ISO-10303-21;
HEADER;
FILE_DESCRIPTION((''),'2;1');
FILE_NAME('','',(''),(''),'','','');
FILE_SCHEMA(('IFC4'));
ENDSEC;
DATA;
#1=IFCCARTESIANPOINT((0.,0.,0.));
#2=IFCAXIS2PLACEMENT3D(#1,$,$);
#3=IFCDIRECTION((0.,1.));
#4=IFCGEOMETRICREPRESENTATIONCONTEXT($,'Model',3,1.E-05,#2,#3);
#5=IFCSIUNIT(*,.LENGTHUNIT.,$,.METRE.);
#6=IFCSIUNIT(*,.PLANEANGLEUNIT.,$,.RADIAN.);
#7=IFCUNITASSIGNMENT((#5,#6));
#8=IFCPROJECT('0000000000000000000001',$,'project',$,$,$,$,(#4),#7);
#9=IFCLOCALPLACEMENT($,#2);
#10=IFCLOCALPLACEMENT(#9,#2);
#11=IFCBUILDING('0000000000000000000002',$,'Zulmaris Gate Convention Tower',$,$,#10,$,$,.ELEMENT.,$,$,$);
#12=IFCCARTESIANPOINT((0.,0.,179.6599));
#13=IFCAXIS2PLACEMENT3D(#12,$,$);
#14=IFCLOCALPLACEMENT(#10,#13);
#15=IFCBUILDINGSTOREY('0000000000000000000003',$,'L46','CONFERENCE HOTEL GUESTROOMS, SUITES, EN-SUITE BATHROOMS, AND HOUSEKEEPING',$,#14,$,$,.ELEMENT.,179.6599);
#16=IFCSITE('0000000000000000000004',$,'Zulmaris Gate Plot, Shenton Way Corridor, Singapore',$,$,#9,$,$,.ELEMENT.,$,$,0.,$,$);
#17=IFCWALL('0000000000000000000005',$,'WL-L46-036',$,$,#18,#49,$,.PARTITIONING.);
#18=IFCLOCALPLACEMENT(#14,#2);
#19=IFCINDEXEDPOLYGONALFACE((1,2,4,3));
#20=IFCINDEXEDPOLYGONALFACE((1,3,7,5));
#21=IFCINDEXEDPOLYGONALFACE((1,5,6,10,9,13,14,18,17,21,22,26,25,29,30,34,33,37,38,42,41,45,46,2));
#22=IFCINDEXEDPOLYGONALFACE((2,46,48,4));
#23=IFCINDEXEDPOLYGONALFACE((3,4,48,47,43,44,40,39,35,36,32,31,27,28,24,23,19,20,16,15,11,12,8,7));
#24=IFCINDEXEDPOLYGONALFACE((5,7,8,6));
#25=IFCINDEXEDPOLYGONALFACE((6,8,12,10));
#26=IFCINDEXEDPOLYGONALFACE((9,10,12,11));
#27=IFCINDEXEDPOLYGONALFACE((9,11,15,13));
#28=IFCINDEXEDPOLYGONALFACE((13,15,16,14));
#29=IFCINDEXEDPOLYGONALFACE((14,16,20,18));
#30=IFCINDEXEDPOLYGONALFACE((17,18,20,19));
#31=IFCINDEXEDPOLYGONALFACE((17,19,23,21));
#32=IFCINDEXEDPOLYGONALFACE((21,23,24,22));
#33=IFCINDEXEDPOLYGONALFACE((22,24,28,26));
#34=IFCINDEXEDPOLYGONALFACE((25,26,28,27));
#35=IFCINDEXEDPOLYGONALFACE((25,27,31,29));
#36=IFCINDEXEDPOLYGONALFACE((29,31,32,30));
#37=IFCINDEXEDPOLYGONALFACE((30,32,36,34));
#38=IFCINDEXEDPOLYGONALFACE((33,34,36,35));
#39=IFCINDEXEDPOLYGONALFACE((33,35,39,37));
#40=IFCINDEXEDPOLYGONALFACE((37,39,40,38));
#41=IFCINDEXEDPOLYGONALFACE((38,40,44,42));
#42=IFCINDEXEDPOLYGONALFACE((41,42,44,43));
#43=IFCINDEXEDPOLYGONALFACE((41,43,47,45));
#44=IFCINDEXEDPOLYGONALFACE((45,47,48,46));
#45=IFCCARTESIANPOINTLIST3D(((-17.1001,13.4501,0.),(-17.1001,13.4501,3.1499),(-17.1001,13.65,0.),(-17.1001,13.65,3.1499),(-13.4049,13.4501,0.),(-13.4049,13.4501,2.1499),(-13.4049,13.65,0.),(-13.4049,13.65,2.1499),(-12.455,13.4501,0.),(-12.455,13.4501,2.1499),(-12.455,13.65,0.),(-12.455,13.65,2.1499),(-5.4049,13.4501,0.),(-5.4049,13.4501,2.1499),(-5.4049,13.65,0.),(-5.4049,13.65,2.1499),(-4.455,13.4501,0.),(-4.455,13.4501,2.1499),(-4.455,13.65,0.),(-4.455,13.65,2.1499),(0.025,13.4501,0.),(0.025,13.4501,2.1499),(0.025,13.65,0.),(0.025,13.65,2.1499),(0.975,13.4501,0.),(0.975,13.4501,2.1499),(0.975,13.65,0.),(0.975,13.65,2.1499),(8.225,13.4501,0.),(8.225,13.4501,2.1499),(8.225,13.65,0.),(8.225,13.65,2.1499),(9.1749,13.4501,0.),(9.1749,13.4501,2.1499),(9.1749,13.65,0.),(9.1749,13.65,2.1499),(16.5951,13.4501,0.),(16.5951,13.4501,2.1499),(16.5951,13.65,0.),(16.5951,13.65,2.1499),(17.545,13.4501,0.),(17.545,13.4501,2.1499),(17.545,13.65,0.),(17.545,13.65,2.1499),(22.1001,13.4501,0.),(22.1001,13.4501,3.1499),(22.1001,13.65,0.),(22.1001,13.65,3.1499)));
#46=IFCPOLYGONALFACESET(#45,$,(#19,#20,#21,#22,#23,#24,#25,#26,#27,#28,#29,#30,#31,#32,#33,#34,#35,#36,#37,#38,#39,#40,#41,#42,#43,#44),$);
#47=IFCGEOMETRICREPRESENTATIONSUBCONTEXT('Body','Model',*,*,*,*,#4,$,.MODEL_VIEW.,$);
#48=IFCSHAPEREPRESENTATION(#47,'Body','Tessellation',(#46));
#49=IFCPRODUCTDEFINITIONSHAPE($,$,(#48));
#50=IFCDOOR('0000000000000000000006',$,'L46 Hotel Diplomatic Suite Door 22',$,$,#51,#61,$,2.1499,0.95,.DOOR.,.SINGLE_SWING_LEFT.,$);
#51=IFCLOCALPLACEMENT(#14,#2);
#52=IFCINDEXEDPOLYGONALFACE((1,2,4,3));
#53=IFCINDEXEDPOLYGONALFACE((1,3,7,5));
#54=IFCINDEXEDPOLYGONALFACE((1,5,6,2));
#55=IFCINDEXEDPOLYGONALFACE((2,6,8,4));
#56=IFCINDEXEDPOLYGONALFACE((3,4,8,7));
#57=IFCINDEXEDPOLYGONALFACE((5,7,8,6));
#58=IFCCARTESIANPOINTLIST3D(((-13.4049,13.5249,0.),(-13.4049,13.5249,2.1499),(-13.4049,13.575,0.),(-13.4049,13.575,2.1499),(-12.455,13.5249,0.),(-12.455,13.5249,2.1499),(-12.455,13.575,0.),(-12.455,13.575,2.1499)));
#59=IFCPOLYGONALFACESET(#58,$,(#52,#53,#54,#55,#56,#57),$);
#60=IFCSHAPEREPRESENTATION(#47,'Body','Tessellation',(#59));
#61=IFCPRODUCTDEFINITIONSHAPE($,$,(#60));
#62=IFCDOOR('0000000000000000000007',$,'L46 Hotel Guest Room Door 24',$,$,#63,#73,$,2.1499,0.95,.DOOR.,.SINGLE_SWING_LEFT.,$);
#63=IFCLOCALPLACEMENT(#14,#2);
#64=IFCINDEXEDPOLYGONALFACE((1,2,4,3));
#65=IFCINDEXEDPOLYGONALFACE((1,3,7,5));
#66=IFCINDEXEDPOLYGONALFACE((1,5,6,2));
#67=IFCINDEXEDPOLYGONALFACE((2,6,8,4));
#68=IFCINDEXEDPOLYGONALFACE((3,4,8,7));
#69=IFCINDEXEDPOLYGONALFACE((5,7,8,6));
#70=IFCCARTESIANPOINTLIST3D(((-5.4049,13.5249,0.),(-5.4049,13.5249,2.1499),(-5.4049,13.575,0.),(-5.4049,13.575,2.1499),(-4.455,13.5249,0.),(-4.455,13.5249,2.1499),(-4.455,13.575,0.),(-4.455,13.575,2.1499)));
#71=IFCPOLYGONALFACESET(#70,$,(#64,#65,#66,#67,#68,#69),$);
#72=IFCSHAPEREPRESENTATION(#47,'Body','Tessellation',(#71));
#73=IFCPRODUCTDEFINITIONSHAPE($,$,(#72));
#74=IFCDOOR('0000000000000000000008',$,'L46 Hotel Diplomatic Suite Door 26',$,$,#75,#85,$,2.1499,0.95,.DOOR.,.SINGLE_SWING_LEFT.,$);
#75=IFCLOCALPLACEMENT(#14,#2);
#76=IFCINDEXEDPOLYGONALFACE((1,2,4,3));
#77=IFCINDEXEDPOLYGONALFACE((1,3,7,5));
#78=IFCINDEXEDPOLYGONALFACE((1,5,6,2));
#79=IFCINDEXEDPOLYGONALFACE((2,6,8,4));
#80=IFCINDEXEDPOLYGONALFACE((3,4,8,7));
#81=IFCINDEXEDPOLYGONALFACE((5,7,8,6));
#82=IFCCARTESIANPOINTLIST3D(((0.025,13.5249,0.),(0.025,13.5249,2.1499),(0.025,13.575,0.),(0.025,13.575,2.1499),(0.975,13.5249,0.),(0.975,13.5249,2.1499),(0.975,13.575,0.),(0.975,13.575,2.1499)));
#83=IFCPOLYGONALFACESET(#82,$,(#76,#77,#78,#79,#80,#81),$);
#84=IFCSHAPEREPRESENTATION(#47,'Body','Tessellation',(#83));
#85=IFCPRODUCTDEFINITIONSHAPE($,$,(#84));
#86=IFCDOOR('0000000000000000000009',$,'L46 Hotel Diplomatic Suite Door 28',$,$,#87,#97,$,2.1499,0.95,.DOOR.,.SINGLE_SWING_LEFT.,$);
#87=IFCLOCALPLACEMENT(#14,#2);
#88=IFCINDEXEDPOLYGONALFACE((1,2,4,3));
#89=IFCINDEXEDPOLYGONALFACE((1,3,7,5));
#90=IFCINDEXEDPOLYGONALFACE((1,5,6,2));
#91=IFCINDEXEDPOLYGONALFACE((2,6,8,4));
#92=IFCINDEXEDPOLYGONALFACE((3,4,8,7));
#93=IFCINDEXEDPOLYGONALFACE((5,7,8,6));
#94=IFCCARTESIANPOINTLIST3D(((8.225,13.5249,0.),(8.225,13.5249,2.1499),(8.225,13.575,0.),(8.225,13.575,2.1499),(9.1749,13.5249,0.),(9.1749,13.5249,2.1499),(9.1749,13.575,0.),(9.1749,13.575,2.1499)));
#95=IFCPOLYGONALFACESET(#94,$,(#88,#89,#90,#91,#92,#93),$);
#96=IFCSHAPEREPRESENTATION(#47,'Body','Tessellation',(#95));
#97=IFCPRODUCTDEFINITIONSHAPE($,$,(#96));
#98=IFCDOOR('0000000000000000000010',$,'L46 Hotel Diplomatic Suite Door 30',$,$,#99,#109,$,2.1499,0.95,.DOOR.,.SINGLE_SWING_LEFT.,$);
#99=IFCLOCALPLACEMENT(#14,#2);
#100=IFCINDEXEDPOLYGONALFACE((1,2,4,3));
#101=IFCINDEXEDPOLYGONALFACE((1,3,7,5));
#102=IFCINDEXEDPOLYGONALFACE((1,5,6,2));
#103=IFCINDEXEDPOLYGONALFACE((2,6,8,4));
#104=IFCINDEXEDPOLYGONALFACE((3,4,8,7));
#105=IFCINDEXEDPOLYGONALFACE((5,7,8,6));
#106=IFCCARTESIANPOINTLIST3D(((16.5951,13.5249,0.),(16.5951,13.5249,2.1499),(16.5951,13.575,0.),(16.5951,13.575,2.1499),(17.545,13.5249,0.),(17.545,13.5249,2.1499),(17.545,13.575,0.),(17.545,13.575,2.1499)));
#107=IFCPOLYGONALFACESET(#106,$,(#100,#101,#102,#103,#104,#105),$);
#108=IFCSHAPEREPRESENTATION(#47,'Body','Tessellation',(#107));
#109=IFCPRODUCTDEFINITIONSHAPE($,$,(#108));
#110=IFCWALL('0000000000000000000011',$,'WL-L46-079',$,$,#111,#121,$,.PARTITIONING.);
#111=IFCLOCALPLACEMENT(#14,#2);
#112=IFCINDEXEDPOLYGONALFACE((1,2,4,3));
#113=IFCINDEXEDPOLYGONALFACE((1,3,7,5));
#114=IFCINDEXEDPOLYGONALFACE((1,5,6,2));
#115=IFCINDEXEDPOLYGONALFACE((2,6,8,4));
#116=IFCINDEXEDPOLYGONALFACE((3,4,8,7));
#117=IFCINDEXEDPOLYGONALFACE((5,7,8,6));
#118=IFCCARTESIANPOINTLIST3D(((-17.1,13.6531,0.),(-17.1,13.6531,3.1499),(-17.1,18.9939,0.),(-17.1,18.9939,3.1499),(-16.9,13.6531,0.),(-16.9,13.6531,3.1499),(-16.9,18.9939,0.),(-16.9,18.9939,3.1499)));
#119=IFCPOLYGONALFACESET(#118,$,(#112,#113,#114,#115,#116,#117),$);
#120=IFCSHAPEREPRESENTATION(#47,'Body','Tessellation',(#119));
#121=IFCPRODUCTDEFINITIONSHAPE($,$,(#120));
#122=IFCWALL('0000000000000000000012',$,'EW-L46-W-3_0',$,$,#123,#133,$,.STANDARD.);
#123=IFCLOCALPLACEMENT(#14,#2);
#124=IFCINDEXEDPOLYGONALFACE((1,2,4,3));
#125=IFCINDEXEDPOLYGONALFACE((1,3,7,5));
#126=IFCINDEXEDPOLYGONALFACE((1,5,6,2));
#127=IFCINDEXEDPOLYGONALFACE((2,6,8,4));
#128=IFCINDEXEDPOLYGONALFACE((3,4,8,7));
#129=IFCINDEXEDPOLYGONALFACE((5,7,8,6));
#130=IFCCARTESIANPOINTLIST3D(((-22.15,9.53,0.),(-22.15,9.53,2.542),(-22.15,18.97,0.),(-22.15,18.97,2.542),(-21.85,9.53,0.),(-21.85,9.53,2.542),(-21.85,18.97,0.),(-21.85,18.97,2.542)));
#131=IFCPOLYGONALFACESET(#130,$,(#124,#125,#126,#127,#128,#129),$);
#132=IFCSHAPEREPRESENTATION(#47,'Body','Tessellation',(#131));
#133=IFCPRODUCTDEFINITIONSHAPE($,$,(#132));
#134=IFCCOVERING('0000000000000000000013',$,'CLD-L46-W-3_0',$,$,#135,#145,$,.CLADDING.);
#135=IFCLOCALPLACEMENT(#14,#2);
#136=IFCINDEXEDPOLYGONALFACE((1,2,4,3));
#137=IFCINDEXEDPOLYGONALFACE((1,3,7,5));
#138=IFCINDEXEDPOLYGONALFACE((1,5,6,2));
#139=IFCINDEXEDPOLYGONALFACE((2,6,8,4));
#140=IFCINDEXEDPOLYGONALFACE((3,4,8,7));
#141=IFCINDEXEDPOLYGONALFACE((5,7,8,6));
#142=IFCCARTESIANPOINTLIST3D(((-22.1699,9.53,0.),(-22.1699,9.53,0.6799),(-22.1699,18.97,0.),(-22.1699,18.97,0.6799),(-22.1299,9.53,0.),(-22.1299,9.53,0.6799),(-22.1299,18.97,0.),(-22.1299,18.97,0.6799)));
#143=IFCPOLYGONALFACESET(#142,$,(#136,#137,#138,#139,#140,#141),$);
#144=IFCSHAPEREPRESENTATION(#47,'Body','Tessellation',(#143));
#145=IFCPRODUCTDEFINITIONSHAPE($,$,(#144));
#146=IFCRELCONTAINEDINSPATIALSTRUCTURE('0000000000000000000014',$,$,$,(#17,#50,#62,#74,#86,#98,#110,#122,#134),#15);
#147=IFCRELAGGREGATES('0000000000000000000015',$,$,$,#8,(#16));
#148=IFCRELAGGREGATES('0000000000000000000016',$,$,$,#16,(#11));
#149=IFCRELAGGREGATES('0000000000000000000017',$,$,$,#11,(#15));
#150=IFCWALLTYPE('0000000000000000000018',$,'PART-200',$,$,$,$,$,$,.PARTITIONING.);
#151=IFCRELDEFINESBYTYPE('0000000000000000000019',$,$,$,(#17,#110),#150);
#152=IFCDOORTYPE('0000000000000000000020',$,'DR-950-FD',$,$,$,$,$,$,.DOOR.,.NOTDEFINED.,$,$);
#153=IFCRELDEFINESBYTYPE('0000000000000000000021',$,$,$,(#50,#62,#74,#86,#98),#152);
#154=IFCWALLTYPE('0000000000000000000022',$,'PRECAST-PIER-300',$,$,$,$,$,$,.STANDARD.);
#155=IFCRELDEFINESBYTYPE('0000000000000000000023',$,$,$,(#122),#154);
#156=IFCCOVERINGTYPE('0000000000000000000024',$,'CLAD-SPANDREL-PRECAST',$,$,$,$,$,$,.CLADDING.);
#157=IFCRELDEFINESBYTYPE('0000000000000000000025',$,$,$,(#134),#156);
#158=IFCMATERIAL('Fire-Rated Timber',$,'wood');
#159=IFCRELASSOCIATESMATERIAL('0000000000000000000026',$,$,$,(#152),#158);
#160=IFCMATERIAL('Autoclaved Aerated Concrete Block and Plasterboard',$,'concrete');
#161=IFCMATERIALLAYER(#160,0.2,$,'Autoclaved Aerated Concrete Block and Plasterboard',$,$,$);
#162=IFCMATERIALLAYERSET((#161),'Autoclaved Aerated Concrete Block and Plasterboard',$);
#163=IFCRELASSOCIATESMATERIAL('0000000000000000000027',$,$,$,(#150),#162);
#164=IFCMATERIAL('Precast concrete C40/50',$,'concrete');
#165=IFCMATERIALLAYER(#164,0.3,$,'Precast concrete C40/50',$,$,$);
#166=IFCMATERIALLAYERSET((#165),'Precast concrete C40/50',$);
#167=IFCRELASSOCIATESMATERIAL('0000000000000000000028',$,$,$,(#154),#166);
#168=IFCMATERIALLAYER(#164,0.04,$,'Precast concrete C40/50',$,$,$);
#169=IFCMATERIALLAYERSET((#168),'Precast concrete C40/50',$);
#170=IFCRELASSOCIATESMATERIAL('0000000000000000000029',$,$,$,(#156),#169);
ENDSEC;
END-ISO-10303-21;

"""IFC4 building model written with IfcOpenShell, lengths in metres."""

from ifc_helpers import new_model, si_unit, direction, frame, frame_2d, origin, place, context, subcontext, project, spatial, rectangle, extrude, material, layer, layer_set, type_object, element, fill, save


model = new_model("IFC4")

# Units and contexts
model_context = context("Model", 3, precision=1e-05, world=origin(), true_north=direction((0.0, 1.0)))
body_context = subcontext(model_context, "Body", "Model", "MODEL_VIEW")
ifc_project = project(units=[si_unit("LENGTHUNIT", "METRE"), si_unit("PLANEANGLEUNIT", "RADIAN")], contexts=[model_context])

# Site, building, storey
site_placement = place(None, origin())
site = spatial("IfcSite", under=ifc_project, at=site_placement, Name="Zulmaris Gate Plot, Shenton Way Corridor, Singapore", CompositionType="ELEMENT", RefElevation=0.0)
building_placement = place(site_placement, origin())
building = spatial("IfcBuilding", under=site, at=building_placement, Name="Zulmaris Gate Convention Tower", CompositionType="ELEMENT")
storey_placement = place(building_placement, frame((0.0, 0.0, 179.6599)))
storey = spatial("IfcBuildingStorey", under=building, at=storey_placement, Name="L46", Description="CONFERENCE HOTEL GUESTROOMS, SUITES, EN-SUITE BATHROOMS, AND HOUSEKEEPING", CompositionType="ELEMENT", Elevation=179.6599)

# Shared definitions
ifc_material_1 = material(Name="Fire-Rated Timber", Category="wood")
door_type_1 = type_object("IfcDoorType", Name="DR-950-FD", OperationType="NOTDEFINED", PredefinedType="DOOR", material=ifc_material_1)

# Wall, openings, doors
ifc_material_2 = material(Name="Autoclaved Aerated Concrete Block and Plasterboard", Category="concrete")
ifc_layer_1 = layer(ifc_material_2, 0.2, Name="Autoclaved Aerated Concrete Block and Plasterboard")
ifc_layer_set_1 = layer_set([ifc_layer_1], Name="Autoclaved Aerated Concrete Block and Plasterboard")
wall_type_1 = type_object("IfcWallType", Name="PART-200", PredefinedType="PARTITIONING", material=ifc_layer_set_1)
wall_1_placement = place(storey_placement, frame((-17.1001, 13.55, 0.0), z_axis=(0.0, 0.0, 1.0), x_axis=(1.0, 0.0, 0.0)))
wall_1 = element("IfcWall", 1, at=wall_1_placement, inside=storey, type_object=wall_type_1, Name="WL-L46-036", PredefinedType="PARTITIONING", context=body_context, shape_type="SweptSolid", body=[
    extrude(rectangle(XDim=39.2002, YDim=0.2, at=frame_2d((19.6001, 0.0))), origin(), (0.0, 0.0, 1.0), 3.1499),
])
opening_1_placement = place(wall_1_placement, frame((3.6951, 0.0, 0.0)))
opening_1 = element("IfcOpeningElement", 2, at=opening_1_placement, cuts=wall_1, PredefinedType="OPENING", context=body_context, shape_type="SweptSolid", body=[
    extrude(rectangle(XDim=0.95, YDim=2.1499, at=frame_2d((0.4751, 1.075))), frame((0.0, 0.1099, 0.0), z_axis=(0.0, -1.0, 0.0), x_axis=(1.0, 0.0, 0.0)), (0.0, 0.0, 1.0), 0.22),
])
opening_2_placement = place(wall_1_placement, frame((11.6951, 0.0, 0.0)))
opening_2 = element("IfcOpeningElement", 3, at=opening_2_placement, cuts=wall_1, PredefinedType="OPENING", context=body_context, shape_type="SweptSolid", body=[
    extrude(rectangle(XDim=0.95, YDim=2.1499, at=frame_2d((0.4751, 1.075))), frame((0.0, 0.1099, 0.0), z_axis=(0.0, -1.0, 0.0), x_axis=(1.0, 0.0, 0.0)), (0.0, 0.0, 1.0), 0.22),
])
opening_3_placement = place(wall_1_placement, frame((17.125, 0.0, 0.0)))
opening_3 = element("IfcOpeningElement", 4, at=opening_3_placement, cuts=wall_1, PredefinedType="OPENING", context=body_context, shape_type="SweptSolid", body=[
    extrude(rectangle(XDim=0.95, YDim=2.1499, at=frame_2d((0.4751, 1.075))), frame((0.0, 0.1099, 0.0), z_axis=(0.0, -1.0, 0.0), x_axis=(1.0, 0.0, 0.0)), (0.0, 0.0, 1.0), 0.22),
])
opening_4_placement = place(wall_1_placement, frame((25.325, 0.0, 0.0)))
opening_4 = element("IfcOpeningElement", 5, at=opening_4_placement, cuts=wall_1, PredefinedType="OPENING", context=body_context, shape_type="SweptSolid", body=[
    extrude(rectangle(XDim=0.95, YDim=2.1499, at=frame_2d((0.4751, 1.075))), frame((0.0, 0.1099, 0.0), z_axis=(0.0, -1.0, 0.0), x_axis=(1.0, 0.0, 0.0)), (0.0, 0.0, 1.0), 0.22),
])
opening_5_placement = place(wall_1_placement, frame((33.6951, 0.0, 0.0)))
opening_5 = element("IfcOpeningElement", 6, at=opening_5_placement, cuts=wall_1, PredefinedType="OPENING", context=body_context, shape_type="SweptSolid", body=[
    extrude(rectangle(XDim=0.95, YDim=2.1499, at=frame_2d((0.4751, 1.075))), frame((0.0, 0.1099, 0.0), z_axis=(0.0, -1.0, 0.0), x_axis=(1.0, 0.0, 0.0)), (0.0, 0.0, 1.0), 0.22),
])
door_1_placement = place(opening_1_placement, origin())
door_1 = element("IfcDoor", 7, at=door_1_placement, inside=storey, type_object=door_type_1, Name="L46 Hotel Diplomatic Suite Door 22", OperationType="SINGLE_SWING_LEFT", OverallHeight=2.1499, OverallWidth=0.95, PredefinedType="DOOR", context=body_context, shape_type="SweptSolid", body=[
    extrude(rectangle(XDim=0.95, YDim=2.1499, at=frame_2d((0.4751, 1.075))), frame((0.0, 0.0249, 0.0), z_axis=(0.0, -1.0, 0.0), x_axis=(1.0, 0.0, 0.0)), (0.0, 0.0, 1.0), 0.05),
])
fill(opening_1, door_1)
door_2_placement = place(opening_2_placement, origin())
door_2 = element("IfcDoor", 8, at=door_2_placement, inside=storey, type_object=door_type_1, Name="L46 Hotel Guest Room Door 24", OperationType="SINGLE_SWING_LEFT", OverallHeight=2.1499, OverallWidth=0.95, PredefinedType="DOOR", context=body_context, shape_type="SweptSolid", body=[
    extrude(rectangle(XDim=0.95, YDim=2.1499, at=frame_2d((0.4751, 1.075))), frame((0.0, 0.0249, 0.0), z_axis=(0.0, -1.0, 0.0), x_axis=(1.0, 0.0, 0.0)), (0.0, 0.0, 1.0), 0.05),
])
fill(opening_2, door_2)
door_3_placement = place(opening_3_placement, origin())
door_3 = element("IfcDoor", 9, at=door_3_placement, inside=storey, type_object=door_type_1, Name="L46 Hotel Diplomatic Suite Door 26", OperationType="SINGLE_SWING_LEFT", OverallHeight=2.1499, OverallWidth=0.95, PredefinedType="DOOR", context=body_context, shape_type="SweptSolid", body=[
    extrude(rectangle(XDim=0.95, YDim=2.1499, at=frame_2d((0.4751, 1.075))), frame((0.0, 0.0249, 0.0), z_axis=(0.0, -1.0, 0.0), x_axis=(1.0, 0.0, 0.0)), (0.0, 0.0, 1.0), 0.05),
])
fill(opening_3, door_3)
door_4_placement = place(opening_4_placement, origin())
door_4 = element("IfcDoor", 10, at=door_4_placement, inside=storey, type_object=door_type_1, Name="L46 Hotel Diplomatic Suite Door 28", OperationType="SINGLE_SWING_LEFT", OverallHeight=2.1499, OverallWidth=0.95, PredefinedType="DOOR", context=body_context, shape_type="SweptSolid", body=[
    extrude(rectangle(XDim=0.95, YDim=2.1499, at=frame_2d((0.4751, 1.075))), frame((0.0, 0.0249, 0.0), z_axis=(0.0, -1.0, 0.0), x_axis=(1.0, 0.0, 0.0)), (0.0, 0.0, 1.0), 0.05),
])
fill(opening_4, door_4)
door_5_placement = place(opening_5_placement, origin())
door_5 = element("IfcDoor", 11, at=door_5_placement, inside=storey, type_object=door_type_1, Name="L46 Hotel Diplomatic Suite Door 30", OperationType="SINGLE_SWING_LEFT", OverallHeight=2.1499, OverallWidth=0.95, PredefinedType="DOOR", context=body_context, shape_type="SweptSolid", body=[
    extrude(rectangle(XDim=0.95, YDim=2.1499, at=frame_2d((0.4751, 1.075))), frame((0.0, 0.0249, 0.0), z_axis=(0.0, -1.0, 0.0), x_axis=(1.0, 0.0, 0.0)), (0.0, 0.0, 1.0), 0.05),
])
fill(opening_5, door_5)

# Walls
wall_2_placement = place(storey_placement, frame((-17.0, 13.6531, 0.0), z_axis=(0.0, 0.0, 1.0), x_axis=(0.0, 1.0, 0.0)))
element("IfcWall", 12, at=wall_2_placement, inside=storey, type_object=wall_type_1, Name="WL-L46-079", PredefinedType="PARTITIONING", context=body_context, shape_type="SweptSolid", body=[
    extrude(rectangle(XDim=5.3408, YDim=0.2, at=frame_2d((2.6704, 0.0))), origin(), (0.0, 0.0, 1.0), 3.1499),
])
ifc_material_3 = material(Name="Precast concrete C40/50", Category="concrete")
ifc_layer_2 = layer(ifc_material_3, 0.3, Name="Precast concrete C40/50")
ifc_layer_set_2 = layer_set([ifc_layer_2], Name="Precast concrete C40/50")
wall_type_2 = type_object("IfcWallType", Name="PRECAST-PIER-300", PredefinedType="STANDARD", material=ifc_layer_set_2)
wall_3_placement = place(storey_placement, frame((-22.0, 18.97, 0.0), z_axis=(0.0, 0.0, 1.0), x_axis=(0.0, -1.0, 0.0)))
element("IfcWall", 13, at=wall_3_placement, inside=storey, type_object=wall_type_2, Name="EW-L46-W-3_0", PredefinedType="STANDARD", context=body_context, shape_type="SweptSolid", body=[
    extrude(rectangle(XDim=9.4399, YDim=0.3, at=frame_2d((4.72, 0.0))), origin(), (0.0, 0.0, 1.0), 2.542),
])

# Covering
ifc_layer_3 = layer(ifc_material_3, 0.04, Name="Precast concrete C40/50")
ifc_layer_set_3 = layer_set([ifc_layer_3], Name="Precast concrete C40/50")
covering_type = type_object("IfcCoveringType", Name="CLAD-SPANDREL-PRECAST", PredefinedType="CLADDING", material=ifc_layer_set_3)
covering_placement = place(storey_placement, frame((-22.1499, 18.97, 0.0), z_axis=(0.0, 0.0, 1.0), x_axis=(0.0, -1.0, 0.0)))
element("IfcCovering", 14, at=covering_placement, inside=storey, type_object=covering_type, Name="CLD-L46-W-3_0", PredefinedType="CLADDING", context=body_context, shape_type="SweptSolid", body=[
    extrude(rectangle(XDim=9.4399, YDim=0.04, at=frame_2d((4.72, 0.0))), origin(), (0.0, 0.0, 1.0), 0.6799),
])

save(model, "model.ifc")
